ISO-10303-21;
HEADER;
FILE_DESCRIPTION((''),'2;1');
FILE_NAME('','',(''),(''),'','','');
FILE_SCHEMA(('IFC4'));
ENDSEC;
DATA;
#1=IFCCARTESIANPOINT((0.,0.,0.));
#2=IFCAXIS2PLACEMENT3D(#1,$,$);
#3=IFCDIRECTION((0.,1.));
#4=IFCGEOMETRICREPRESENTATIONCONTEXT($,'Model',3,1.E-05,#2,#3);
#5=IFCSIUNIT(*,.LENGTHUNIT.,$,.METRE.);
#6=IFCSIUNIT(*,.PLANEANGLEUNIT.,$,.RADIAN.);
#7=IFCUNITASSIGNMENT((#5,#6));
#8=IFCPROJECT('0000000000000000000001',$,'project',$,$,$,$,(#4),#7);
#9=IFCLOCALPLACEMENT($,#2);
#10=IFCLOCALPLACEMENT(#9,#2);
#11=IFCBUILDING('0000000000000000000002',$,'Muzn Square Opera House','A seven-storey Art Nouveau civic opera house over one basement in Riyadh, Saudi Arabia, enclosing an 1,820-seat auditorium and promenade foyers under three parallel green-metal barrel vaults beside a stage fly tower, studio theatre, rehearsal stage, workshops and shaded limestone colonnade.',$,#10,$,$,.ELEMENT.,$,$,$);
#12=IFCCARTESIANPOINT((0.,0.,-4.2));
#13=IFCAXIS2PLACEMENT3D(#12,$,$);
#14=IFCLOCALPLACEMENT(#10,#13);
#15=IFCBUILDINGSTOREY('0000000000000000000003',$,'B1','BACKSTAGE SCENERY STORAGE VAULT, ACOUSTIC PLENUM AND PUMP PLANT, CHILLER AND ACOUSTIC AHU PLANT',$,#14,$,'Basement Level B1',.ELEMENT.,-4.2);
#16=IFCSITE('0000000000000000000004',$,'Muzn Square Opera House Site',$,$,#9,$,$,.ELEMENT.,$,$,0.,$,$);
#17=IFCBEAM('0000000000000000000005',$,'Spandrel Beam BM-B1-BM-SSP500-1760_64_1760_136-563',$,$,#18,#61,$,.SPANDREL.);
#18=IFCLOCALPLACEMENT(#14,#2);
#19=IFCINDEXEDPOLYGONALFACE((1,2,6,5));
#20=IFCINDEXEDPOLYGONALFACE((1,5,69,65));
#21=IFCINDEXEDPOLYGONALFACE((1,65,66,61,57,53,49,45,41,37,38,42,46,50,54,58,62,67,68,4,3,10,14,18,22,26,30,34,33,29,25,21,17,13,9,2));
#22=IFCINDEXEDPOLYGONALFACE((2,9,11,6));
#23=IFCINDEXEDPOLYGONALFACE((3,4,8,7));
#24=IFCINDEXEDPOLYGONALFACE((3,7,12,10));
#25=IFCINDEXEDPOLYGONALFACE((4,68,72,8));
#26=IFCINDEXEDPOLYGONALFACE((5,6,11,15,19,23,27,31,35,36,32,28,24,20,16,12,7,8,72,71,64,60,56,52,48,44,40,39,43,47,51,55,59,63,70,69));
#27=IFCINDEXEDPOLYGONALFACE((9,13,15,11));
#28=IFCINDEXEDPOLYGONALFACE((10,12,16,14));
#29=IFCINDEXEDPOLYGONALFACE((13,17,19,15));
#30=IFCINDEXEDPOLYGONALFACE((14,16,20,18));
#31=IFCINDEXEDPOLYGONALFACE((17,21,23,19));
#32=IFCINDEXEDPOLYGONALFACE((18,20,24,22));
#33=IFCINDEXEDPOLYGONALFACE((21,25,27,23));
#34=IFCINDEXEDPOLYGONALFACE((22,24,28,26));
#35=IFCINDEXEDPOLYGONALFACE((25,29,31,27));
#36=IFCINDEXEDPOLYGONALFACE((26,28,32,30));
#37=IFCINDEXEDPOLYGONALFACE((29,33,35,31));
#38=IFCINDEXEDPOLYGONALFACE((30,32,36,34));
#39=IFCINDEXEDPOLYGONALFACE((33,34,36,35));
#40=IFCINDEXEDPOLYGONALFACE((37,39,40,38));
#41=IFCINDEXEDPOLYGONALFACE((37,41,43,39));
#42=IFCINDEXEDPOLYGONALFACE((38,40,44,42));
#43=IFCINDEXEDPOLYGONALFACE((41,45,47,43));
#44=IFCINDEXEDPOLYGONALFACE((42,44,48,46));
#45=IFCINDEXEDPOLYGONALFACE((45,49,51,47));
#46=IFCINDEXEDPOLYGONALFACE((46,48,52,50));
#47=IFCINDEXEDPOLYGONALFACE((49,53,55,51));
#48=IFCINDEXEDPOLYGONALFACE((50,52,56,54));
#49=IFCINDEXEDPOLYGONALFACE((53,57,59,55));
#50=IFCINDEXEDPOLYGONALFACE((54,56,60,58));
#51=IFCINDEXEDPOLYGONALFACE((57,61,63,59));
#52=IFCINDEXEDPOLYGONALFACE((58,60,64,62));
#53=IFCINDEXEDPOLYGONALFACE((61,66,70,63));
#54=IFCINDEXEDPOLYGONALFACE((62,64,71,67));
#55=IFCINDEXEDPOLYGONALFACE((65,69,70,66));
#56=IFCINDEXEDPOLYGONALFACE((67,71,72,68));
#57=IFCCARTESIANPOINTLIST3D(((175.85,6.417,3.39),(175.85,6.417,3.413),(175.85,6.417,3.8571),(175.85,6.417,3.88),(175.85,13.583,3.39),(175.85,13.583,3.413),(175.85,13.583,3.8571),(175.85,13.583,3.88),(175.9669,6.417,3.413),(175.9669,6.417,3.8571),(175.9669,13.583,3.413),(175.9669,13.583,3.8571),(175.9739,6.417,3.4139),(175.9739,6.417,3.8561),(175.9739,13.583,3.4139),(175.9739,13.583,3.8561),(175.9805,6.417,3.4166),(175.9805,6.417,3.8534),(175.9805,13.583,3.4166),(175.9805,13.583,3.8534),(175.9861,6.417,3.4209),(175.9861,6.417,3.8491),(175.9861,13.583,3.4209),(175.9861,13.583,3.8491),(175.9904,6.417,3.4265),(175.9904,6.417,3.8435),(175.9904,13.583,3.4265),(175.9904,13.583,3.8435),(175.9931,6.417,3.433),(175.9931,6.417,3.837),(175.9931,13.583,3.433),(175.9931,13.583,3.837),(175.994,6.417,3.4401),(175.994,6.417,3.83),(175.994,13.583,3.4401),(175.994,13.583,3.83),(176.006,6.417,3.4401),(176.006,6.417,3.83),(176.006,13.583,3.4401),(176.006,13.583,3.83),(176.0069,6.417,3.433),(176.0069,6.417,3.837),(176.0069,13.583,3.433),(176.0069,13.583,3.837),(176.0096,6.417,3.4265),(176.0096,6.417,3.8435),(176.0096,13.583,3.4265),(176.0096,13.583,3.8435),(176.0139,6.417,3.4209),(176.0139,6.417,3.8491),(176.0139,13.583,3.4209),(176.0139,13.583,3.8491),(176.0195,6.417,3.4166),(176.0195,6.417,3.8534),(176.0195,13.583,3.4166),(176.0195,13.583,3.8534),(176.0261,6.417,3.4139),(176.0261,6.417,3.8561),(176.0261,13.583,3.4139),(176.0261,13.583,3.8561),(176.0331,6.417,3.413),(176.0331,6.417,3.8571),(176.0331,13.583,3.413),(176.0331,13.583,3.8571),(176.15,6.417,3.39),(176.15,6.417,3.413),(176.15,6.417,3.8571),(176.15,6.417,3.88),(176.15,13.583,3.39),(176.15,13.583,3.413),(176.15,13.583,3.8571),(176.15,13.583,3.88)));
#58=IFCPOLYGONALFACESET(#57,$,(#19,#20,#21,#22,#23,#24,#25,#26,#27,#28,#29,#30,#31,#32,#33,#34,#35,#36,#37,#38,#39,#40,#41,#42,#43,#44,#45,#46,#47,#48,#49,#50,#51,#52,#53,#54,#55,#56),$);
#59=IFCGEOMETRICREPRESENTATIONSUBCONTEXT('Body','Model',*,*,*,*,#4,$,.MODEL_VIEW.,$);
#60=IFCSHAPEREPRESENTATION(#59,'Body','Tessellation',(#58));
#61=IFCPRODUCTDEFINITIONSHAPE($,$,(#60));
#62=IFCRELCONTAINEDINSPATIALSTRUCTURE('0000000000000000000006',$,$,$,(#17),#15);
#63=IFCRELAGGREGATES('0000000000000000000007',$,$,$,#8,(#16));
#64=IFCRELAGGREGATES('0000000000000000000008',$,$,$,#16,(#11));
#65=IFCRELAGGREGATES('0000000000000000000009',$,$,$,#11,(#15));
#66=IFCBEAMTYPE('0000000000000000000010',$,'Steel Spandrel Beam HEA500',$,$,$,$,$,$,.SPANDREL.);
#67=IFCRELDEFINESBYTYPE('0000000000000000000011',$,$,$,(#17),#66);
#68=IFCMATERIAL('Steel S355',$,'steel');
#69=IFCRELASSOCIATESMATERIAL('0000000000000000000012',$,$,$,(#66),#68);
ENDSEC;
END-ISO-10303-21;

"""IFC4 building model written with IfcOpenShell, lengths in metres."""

from ifc_helpers import new_model, si_unit, direction, frame, origin, origin_2d, place, context, subcontext, project, spatial, i_section, extrude, material, material_profile, profile_set, type_object, element, save


model = new_model("IFC4")

# Units and contexts
model_context = context("Model", 3, precision=1e-05, world=origin(), true_north=direction((0.0, 1.0)))
body_context = subcontext(model_context, "Body", "Model", "MODEL_VIEW")
ifc_project = project(units=[si_unit("LENGTHUNIT", "METRE"), si_unit("PLANEANGLEUNIT", "RADIAN")], contexts=[model_context])

# Site, building, storey
site_placement = place(None, origin())
site = spatial("IfcSite", under=ifc_project, at=site_placement, Name="Muzn Square Opera House Site", CompositionType="ELEMENT", RefElevation=0.0)
building_placement = place(site_placement, origin())
building = spatial("IfcBuilding", under=site, at=building_placement, Name="Muzn Square Opera House", Description="A seven-storey Art Nouveau civic opera house over one basement in Riyadh, Saudi Arabia, enclosing an 1,820-seat auditorium and promenade foyers under three parallel green-metal barrel vaults beside a stage fly tower, studio theatre, rehearsal stage, workshops and shaded limestone colonnade.", CompositionType="ELEMENT")
storey_placement = place(building_placement, frame((0.0, 0.0, -4.2)))
storey = spatial("IfcBuildingStorey", under=building, at=storey_placement, Name="B1", Description="BACKSTAGE SCENERY STORAGE VAULT, ACOUSTIC PLENUM AND PUMP PLANT, CHILLER AND ACOUSTIC AHU PLANT", LongName="Basement Level B1", CompositionType="ELEMENT", Elevation=-4.2)

# Beam
ifc_material_1 = material(Name="Steel S355", Category="steel")
ifc_material_profile_1 = material_profile(ifc_material_1, i_section(OverallWidth=0.3, OverallDepth=0.49, WebThickness=0.012, FlangeThickness=0.0229, FilletRadius=0.0271, at=origin_2d()), Name="HEA 500", Category="steel")
ifc_profile_set_1 = profile_set([ifc_material_profile_1], Name="Steel S355")
beam_type_1 = type_object("IfcBeamType", Name="Steel Spandrel Beam HEA500", PredefinedType="SPANDREL", material=ifc_profile_set_1)
beam_1_placement = place(storey_placement, frame((176.0, 6.417, 3.635), z_axis=(0.0, 1.0, 0.0), x_axis=(-1.0, 0.0, 0.0)))
element("IfcBeam", 1, at=beam_1_placement, inside=storey, type_object=beam_type_1, Name="Spandrel Beam BM-B1-BM-SSP500-1760_64_1760_136-563", PredefinedType="SPANDREL", context=body_context, shape_type="SweptSolid", body=[
    extrude(i_section(OverallWidth=0.3, OverallDepth=0.49, WebThickness=0.012, FlangeThickness=0.0229, FilletRadius=0.0271, at=origin_2d()), origin(), (0.0, 0.0, 1.0), 7.166),
])

save(model, "model.ifc")
